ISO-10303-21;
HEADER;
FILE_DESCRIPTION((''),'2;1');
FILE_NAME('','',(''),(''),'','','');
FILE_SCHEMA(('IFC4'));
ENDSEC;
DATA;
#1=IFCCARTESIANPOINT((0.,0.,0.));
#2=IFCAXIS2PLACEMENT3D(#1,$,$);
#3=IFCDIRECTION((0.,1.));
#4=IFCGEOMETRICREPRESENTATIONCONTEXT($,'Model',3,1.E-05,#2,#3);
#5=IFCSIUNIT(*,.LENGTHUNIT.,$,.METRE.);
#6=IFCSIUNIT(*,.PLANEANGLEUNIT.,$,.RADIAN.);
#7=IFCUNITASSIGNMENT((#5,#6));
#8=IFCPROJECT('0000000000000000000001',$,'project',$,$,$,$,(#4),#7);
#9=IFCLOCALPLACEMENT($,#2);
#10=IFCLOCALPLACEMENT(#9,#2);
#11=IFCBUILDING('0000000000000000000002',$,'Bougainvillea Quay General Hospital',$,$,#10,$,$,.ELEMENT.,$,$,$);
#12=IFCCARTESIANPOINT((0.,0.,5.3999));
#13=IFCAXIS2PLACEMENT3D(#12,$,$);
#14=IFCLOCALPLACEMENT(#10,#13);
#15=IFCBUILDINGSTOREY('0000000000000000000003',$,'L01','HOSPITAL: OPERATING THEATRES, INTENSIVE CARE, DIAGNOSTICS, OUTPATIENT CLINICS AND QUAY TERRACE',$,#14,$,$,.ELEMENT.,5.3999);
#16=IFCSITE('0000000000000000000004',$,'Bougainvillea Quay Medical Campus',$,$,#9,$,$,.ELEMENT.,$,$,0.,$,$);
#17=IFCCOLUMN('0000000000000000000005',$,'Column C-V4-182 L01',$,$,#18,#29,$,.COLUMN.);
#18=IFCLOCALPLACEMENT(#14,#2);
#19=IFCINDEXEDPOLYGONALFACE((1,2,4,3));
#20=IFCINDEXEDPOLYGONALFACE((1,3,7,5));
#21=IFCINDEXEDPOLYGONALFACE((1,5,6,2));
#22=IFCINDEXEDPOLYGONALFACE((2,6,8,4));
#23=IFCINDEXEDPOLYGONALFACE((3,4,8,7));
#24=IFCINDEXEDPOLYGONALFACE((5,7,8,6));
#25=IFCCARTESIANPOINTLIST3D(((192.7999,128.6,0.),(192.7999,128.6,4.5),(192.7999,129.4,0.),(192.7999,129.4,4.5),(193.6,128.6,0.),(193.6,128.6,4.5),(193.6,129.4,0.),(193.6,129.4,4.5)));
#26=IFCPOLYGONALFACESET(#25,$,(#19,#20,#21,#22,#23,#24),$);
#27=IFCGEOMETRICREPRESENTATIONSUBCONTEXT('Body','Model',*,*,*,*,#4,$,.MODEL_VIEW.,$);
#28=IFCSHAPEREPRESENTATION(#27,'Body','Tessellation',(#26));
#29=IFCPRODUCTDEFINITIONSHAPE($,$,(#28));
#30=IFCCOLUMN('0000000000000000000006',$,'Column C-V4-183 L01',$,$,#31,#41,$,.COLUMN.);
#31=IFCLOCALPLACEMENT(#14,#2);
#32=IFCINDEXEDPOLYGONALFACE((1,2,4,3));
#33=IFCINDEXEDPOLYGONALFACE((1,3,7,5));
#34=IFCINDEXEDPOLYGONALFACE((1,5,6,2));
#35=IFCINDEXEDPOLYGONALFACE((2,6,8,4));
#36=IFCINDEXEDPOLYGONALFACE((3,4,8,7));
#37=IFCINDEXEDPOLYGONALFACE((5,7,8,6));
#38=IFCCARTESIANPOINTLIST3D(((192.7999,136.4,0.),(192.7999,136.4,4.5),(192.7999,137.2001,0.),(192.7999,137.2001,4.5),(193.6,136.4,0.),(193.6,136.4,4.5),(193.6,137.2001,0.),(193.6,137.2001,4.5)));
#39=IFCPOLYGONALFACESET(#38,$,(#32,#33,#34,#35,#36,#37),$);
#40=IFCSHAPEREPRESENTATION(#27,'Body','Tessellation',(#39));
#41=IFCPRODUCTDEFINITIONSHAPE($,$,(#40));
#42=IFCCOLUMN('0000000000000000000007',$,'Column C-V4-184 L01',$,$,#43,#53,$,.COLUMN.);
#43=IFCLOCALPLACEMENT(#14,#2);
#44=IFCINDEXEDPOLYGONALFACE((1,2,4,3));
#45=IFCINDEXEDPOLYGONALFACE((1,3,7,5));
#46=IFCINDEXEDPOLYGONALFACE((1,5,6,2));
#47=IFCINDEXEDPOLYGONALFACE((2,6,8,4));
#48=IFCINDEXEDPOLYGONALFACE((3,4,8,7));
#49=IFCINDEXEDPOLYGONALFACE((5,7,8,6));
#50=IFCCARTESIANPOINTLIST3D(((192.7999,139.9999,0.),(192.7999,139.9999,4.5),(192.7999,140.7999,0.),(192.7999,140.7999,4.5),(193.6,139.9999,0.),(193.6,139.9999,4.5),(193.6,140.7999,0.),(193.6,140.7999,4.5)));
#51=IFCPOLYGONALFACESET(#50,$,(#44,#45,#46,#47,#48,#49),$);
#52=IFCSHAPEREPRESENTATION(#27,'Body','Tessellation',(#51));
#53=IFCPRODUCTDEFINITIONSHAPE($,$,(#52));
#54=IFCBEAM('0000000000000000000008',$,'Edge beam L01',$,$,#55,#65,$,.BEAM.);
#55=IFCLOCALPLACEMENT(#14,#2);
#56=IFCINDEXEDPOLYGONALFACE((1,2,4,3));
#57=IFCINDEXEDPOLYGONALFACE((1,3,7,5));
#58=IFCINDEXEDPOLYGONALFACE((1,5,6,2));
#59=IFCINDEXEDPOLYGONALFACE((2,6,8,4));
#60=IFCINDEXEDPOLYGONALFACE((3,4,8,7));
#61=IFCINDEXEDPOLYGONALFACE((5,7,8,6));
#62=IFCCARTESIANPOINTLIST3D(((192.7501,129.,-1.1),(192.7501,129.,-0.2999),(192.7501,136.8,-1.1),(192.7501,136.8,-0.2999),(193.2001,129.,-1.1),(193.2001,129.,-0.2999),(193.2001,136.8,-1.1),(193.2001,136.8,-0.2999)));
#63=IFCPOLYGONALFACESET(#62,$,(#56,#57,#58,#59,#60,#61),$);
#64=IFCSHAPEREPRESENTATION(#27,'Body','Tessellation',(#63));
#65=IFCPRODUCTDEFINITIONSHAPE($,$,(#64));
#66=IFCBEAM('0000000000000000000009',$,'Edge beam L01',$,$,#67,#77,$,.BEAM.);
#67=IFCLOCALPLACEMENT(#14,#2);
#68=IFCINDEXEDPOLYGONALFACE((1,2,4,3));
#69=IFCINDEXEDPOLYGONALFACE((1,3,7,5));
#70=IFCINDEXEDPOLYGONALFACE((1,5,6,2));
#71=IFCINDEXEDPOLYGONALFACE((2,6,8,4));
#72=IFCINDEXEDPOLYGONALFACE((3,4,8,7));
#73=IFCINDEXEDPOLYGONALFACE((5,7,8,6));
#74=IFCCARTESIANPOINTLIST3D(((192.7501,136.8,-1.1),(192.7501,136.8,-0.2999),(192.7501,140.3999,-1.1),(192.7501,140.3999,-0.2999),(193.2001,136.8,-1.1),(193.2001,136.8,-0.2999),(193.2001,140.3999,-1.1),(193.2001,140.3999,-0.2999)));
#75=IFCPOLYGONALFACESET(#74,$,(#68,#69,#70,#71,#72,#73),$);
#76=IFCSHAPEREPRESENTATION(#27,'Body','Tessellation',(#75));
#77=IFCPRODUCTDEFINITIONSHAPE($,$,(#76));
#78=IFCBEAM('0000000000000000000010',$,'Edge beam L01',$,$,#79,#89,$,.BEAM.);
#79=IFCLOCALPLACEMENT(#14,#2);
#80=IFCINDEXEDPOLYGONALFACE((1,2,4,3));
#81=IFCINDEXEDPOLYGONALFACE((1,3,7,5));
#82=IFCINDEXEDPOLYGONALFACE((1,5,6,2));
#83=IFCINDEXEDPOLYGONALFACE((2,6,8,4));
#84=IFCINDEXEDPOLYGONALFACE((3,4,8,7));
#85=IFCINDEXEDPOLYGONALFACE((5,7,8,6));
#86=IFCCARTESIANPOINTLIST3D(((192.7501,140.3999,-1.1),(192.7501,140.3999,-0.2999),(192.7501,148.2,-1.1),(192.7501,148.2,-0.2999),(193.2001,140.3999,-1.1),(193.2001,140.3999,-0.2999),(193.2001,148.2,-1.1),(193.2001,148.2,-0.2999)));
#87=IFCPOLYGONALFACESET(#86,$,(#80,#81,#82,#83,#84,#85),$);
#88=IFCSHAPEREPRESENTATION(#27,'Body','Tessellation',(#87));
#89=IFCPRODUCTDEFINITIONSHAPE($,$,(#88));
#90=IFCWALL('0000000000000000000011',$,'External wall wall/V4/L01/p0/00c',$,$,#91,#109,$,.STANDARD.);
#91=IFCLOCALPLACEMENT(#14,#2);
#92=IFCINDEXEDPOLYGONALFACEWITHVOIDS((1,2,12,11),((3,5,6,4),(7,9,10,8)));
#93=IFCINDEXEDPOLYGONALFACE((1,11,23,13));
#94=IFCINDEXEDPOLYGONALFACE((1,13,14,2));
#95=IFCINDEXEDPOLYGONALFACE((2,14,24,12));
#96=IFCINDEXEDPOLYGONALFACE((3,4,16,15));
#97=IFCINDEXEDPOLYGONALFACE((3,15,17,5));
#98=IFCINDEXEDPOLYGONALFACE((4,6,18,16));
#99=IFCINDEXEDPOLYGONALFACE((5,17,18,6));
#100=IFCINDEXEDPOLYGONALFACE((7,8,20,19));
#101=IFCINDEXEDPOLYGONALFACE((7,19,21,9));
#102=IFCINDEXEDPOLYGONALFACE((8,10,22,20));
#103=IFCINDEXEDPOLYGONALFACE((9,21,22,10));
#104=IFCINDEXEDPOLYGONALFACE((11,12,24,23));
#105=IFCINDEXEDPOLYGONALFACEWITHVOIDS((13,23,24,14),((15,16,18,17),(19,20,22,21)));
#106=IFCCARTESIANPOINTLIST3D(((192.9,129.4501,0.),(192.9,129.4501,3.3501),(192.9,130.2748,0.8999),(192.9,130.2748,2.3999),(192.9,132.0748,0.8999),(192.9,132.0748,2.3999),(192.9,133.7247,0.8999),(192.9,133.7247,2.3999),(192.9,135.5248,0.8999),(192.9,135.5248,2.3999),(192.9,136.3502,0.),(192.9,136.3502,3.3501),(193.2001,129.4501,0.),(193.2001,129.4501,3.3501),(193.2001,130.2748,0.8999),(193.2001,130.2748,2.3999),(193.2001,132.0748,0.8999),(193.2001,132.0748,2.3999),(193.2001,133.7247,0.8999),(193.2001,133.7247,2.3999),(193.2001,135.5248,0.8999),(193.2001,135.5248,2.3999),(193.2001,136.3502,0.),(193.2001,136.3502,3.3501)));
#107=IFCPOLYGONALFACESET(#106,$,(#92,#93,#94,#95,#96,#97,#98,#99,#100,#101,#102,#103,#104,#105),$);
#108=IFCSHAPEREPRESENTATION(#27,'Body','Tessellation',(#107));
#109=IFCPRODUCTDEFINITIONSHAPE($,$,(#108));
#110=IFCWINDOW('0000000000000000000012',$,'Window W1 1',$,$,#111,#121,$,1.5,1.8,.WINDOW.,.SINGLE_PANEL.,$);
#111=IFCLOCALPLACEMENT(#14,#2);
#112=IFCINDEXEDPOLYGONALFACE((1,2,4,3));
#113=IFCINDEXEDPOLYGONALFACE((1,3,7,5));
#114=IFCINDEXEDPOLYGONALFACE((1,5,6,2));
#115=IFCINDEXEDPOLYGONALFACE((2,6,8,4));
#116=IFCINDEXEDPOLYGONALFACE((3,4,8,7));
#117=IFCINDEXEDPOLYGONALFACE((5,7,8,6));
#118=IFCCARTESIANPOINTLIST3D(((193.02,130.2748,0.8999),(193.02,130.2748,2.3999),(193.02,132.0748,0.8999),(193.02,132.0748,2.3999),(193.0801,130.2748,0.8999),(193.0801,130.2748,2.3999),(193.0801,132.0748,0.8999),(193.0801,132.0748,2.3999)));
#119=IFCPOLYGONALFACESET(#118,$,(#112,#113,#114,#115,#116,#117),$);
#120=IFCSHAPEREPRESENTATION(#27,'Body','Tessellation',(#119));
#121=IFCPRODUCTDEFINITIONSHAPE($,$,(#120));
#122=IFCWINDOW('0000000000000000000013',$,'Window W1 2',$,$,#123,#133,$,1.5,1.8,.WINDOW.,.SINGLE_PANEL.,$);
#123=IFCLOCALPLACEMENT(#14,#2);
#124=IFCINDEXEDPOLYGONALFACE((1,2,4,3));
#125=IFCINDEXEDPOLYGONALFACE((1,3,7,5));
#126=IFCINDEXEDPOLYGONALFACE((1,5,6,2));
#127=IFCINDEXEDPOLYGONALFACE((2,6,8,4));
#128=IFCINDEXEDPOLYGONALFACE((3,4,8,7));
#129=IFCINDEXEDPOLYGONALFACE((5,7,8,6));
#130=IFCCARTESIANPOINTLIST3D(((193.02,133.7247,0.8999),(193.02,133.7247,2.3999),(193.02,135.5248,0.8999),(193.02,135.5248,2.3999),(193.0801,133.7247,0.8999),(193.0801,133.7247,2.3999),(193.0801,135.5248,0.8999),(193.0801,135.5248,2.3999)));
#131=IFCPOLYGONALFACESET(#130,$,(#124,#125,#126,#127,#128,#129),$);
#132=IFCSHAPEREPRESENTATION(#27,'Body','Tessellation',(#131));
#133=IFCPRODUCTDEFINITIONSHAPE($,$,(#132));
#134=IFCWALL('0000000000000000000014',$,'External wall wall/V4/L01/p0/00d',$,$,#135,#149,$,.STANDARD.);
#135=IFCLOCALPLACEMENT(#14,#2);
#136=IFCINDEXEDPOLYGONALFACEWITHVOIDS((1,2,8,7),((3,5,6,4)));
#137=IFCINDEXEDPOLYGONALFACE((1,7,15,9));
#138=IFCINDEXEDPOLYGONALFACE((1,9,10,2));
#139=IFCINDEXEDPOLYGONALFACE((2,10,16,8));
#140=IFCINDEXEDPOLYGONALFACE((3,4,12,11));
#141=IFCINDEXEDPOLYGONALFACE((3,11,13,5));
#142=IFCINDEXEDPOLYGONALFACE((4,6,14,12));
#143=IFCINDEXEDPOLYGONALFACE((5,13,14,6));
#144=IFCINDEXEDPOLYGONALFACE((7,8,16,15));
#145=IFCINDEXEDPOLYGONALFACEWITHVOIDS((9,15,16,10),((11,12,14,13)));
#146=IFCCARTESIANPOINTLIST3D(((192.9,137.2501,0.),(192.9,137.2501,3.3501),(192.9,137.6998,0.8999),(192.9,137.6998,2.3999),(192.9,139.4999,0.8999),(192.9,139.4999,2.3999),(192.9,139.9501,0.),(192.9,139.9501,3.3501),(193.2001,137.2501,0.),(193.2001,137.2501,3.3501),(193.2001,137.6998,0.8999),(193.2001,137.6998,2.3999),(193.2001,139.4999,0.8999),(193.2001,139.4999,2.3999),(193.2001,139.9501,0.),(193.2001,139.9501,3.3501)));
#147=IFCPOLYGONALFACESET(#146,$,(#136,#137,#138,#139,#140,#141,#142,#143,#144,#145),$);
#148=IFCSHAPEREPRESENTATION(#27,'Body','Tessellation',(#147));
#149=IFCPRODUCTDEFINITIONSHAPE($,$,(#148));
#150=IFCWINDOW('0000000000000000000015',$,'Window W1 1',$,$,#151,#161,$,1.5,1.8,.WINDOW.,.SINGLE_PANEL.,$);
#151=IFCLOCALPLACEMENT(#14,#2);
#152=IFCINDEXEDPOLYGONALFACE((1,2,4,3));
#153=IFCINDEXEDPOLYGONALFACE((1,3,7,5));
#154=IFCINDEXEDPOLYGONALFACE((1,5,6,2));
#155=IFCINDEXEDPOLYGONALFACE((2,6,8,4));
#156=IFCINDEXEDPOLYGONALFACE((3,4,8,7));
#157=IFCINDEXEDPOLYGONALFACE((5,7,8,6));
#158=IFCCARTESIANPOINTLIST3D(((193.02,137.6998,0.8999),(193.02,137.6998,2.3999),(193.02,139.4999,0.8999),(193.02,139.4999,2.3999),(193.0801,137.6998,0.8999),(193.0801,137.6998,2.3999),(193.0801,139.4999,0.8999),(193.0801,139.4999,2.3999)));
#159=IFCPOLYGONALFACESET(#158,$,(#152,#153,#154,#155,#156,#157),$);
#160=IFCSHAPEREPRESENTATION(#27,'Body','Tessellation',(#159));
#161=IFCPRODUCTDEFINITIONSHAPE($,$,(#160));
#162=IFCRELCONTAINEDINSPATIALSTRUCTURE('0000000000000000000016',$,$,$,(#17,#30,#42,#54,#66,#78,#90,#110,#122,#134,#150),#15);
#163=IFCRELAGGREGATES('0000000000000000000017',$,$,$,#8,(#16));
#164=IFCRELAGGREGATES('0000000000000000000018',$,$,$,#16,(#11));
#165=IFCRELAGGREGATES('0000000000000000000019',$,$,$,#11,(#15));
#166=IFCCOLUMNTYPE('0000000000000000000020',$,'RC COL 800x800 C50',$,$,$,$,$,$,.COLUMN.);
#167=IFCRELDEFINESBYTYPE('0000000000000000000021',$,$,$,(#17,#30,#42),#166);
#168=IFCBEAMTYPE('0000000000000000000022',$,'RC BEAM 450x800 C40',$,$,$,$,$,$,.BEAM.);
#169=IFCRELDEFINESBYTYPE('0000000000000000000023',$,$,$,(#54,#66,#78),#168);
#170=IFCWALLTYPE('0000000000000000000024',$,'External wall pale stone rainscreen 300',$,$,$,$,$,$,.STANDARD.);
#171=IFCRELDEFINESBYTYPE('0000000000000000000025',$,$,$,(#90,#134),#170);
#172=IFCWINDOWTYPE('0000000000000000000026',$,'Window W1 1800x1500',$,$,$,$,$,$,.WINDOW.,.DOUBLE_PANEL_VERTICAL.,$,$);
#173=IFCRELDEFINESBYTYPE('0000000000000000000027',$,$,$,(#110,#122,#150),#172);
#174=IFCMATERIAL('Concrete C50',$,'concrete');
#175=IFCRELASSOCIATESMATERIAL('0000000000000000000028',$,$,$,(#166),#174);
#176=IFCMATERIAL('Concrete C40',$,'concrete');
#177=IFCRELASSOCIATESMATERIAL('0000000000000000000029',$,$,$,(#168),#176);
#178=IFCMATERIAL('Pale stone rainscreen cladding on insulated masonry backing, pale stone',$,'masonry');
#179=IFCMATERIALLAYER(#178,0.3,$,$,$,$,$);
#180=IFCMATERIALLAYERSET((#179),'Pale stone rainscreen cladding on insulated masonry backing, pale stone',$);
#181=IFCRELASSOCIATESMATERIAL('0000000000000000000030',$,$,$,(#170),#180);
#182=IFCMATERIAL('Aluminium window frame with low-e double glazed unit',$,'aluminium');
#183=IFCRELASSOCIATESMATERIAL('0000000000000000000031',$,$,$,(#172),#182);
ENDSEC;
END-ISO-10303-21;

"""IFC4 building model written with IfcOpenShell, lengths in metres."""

from ifc_helpers import new_model, si_unit, direction, frame, frame_2d, origin, origin_2d, place, context, subcontext, project, spatial, rectangle, extrude, material, layer, layer_set, material_profile, profile_set, type_object, element, fill, save


model = new_model("IFC4")

# Units and contexts
model_context = context("Model", 3, precision=1e-05, world=origin(), true_north=direction((0.0, 1.0)))
body_context = subcontext(model_context, "Body", "Model", "MODEL_VIEW")
ifc_project = project(units=[si_unit("LENGTHUNIT", "METRE"), si_unit("PLANEANGLEUNIT", "RADIAN")], contexts=[model_context])

# Site, building, storey
site_placement = place(None, origin())
site = spatial("IfcSite", under=ifc_project, at=site_placement, Name="Bougainvillea Quay Medical Campus", CompositionType="ELEMENT", RefElevation=0.0)
building_placement = place(site_placement, origin())
building = spatial("IfcBuilding", under=site, at=building_placement, Name="Bougainvillea Quay General Hospital", CompositionType="ELEMENT")
storey_placement = place(building_placement, frame((0.0, 0.0, 5.3999)))
storey = spatial("IfcBuildingStorey", under=building, at=storey_placement, Name="L01", Description="HOSPITAL: OPERATING THEATRES, INTENSIVE CARE, DIAGNOSTICS, OUTPATIENT CLINICS AND QUAY TERRACE", CompositionType="ELEMENT", Elevation=5.3999)

# Columns
ifc_material_1 = material(Name="Concrete C50", Category="concrete")
ifc_material_profile_1 = material_profile(ifc_material_1, rectangle(XDim=0.8, YDim=0.8, at=origin_2d()))
ifc_profile_set_1 = profile_set([ifc_material_profile_1], Name="Concrete C50")
column_type = type_object("IfcColumnType", Name="RC COL 800x800 C50", PredefinedType="COLUMN", material=ifc_profile_set_1)
for number, where, z_axis, x_axis, name in (
    (1, (193.2, 129.0, 0.0), (0.0, 0.0, 1.0), (1.0, 0.0, 0.0), "Column C-V4-182 L01"),
    (2, (193.2, 136.8, 0.0), (0.0, 0.0, 1.0), (1.0, 0.0, 0.0), "Column C-V4-183 L01"),
    (3, (193.2, 140.3999, 0.0), (0.0, 0.0, 1.0), (1.0, 0.0, 0.0), "Column C-V4-184 L01"),
):
    element("IfcColumn", number, at=place(storey_placement, frame(where, z_axis=z_axis, x_axis=x_axis)), inside=storey, type_object=column_type, Name=name, PredefinedType="COLUMN", context=body_context, shape_type="SweptSolid", body=[
        extrude(rectangle(XDim=0.8, YDim=0.8, at=origin_2d()), origin(), (0.0, 0.0, 1.0), 4.5),
    ])

# Beams
ifc_material_2 = material(Name="Concrete C40", Category="concrete")
ifc_material_profile_2 = material_profile(ifc_material_2, rectangle(XDim=0.45, YDim=0.8, at=origin_2d()))
ifc_profile_set_2 = profile_set([ifc_material_profile_2], Name="Concrete C40")
beam_type = type_object("IfcBeamType", Name="RC BEAM 450x800 C40", PredefinedType="BEAM", material=ifc_profile_set_2)
beam_1_placement = place(storey_placement, frame((192.9751, 129.0, -0.7), z_axis=(0.0, 1.0, 0.0), x_axis=(-1.0, 0.0, 0.0)))
element("IfcBeam", 4, at=beam_1_placement, inside=storey, type_object=beam_type, Name="Edge beam L01", PredefinedType="BEAM", context=body_context, shape_type="SweptSolid", body=[
    extrude(rectangle(XDim=0.45, YDim=0.8, at=origin_2d()), origin(), (0.0, 0.0, 1.0), 7.8),
])
beam_2_placement = place(storey_placement, frame((192.9751, 136.8, -0.7), z_axis=(0.0, 1.0, 0.0), x_axis=(-1.0, 0.0, 0.0)))
element("IfcBeam", 5, at=beam_2_placement, inside=storey, type_object=beam_type, Name="Edge beam L01", PredefinedType="BEAM", context=body_context, shape_type="SweptSolid", body=[
    extrude(rectangle(XDim=0.45, YDim=0.8, at=origin_2d()), origin(), (0.0, 0.0, 1.0), 3.5999),
])
beam_3_placement = place(storey_placement, frame((192.9751, 140.3999, -0.7), z_axis=(0.0, 1.0, 0.0), x_axis=(-1.0, 0.0, 0.0)))
element("IfcBeam", 6, at=beam_3_placement, inside=storey, type_object=beam_type, Name="Edge beam L01", PredefinedType="BEAM", context=body_context, shape_type="SweptSolid", body=[
    extrude(rectangle(XDim=0.45, YDim=0.8, at=origin_2d()), origin(), (0.0, 0.0, 1.0), 7.8),
])

# Wall, openings, windows
ifc_material_3 = material(Name="Pale stone rainscreen cladding on insulated masonry backing, pale stone", Category="masonry")
ifc_layer_1 = layer(ifc_material_3, 0.3)
ifc_layer_set_1 = layer_set([ifc_layer_1], Name="Pale stone rainscreen cladding on insulated masonry backing, pale stone")
wall_type_1 = type_object("IfcWallType", Name="External wall pale stone rainscreen 300", PredefinedType="STANDARD", material=ifc_layer_set_1)
wall_1_placement = place(storey_placement, frame((193.05, 129.45, 0.0), z_axis=(0.0, 0.0, 1.0), x_axis=(0.0, 1.0, 0.0)))
wall_1 = element("IfcWall", 7, at=wall_1_placement, inside=storey, type_object=wall_type_1, Name="External wall wall/V4/L01/p0/00c", PredefinedType="STANDARD", context=body_context, shape_type="SweptSolid", body=[
    extrude(rectangle(XDim=6.9001, YDim=0.3, at=frame_2d((3.4502, 0.0))), origin(), (0.0, 0.0, 1.0), 3.3501),
])
opening_1_placement = place(wall_1_placement, frame((0.825, 0.0, 0.8999)))
opening_1 = element("IfcOpeningElement", 8, at=opening_1_placement, cuts=wall_1, PredefinedType="OPENING", context=body_context, shape_type="SweptSolid", body=[
    extrude(rectangle(XDim=1.8, YDim=1.5, at=frame_2d((0.8999, 0.75))), frame((0.0, 0.1599, 0.0), z_axis=(0.0, -1.0, 0.0), x_axis=(1.0, 0.0, 0.0)), (0.0, 0.0, 1.0), 0.3201),
])
opening_2_placement = place(wall_1_placement, frame((4.2749, 0.0, 0.8999)))
opening_2 = element("IfcOpeningElement", 9, at=opening_2_placement, cuts=wall_1, PredefinedType="OPENING", context=body_context, shape_type="SweptSolid", body=[
    extrude(rectangle(XDim=1.8, YDim=1.5, at=frame_2d((0.8999, 0.75))), frame((0.0, 0.1599, 0.0), z_axis=(0.0, -1.0, 0.0), x_axis=(1.0, 0.0, 0.0)), (0.0, 0.0, 1.0), 0.3201),
])
ifc_material_4 = material(Name="Aluminium window frame with low-e double glazed unit", Category="aluminium")
window_type = type_object("IfcWindowType", Name="Window W1 1800x1500", PartitioningType="DOUBLE_PANEL_VERTICAL", PredefinedType="WINDOW", material=ifc_material_4)
window_1_placement = place(opening_1_placement, origin())
window_1 = element("IfcWindow", 10, at=window_1_placement, inside=storey, type_object=window_type, Name="Window W1 1", OverallHeight=1.5, OverallWidth=1.8, PartitioningType="SINGLE_PANEL", PredefinedType="WINDOW", context=body_context, shape_type="SweptSolid", body=[
    extrude(rectangle(XDim=1.8, YDim=1.5, at=frame_2d((0.8999, 0.75))), frame((0.0, 0.03, 0.0), z_axis=(0.0, -1.0, 0.0), x_axis=(1.0, 0.0, 0.0)), (0.0, 0.0, 1.0), 0.0601),
])
fill(opening_1, window_1)
window_2_placement = place(opening_2_placement, origin())
window_2 = element("IfcWindow", 11, at=window_2_placement, inside=storey, type_object=window_type, Name="Window W1 2", OverallHeight=1.5, OverallWidth=1.8, PartitioningType="SINGLE_PANEL", PredefinedType="WINDOW", context=body_context, shape_type="SweptSolid", body=[
    extrude(rectangle(XDim=1.8, YDim=1.5, at=frame_2d((0.8999, 0.75))), frame((0.0, 0.03, 0.0), z_axis=(0.0, -1.0, 0.0), x_axis=(1.0, 0.0, 0.0)), (0.0, 0.0, 1.0), 0.0601),
])
fill(opening_2, window_2)

# Wall, opening, window
wall_2_placement = place(storey_placement, frame((193.05, 137.25, 0.0), z_axis=(0.0, 0.0, 1.0), x_axis=(0.0, 1.0, 0.0)))
wall_2 = element("IfcWall", 12, at=wall_2_placement, inside=storey, type_object=wall_type_1, Name="External wall wall/V4/L01/p0/00d", PredefinedType="STANDARD", context=body_context, shape_type="SweptSolid", body=[
    extrude(rectangle(XDim=2.7, YDim=0.3, at=frame_2d((1.3501, 0.0))), origin(), (0.0, 0.0, 1.0), 3.3501),
])
opening_3_placement = place(wall_2_placement, frame((0.45, 0.0, 0.8999)))
opening_3 = element("IfcOpeningElement", 13, at=opening_3_placement, cuts=wall_2, PredefinedType="OPENING", context=body_context, shape_type="SweptSolid", body=[
    extrude(rectangle(XDim=1.8, YDim=1.5, at=frame_2d((0.8999, 0.75))), frame((0.0, 0.1599, 0.0), z_axis=(0.0, -1.0, 0.0), x_axis=(1.0, 0.0, 0.0)), (0.0, 0.0, 1.0), 0.3201),
])
window_3_placement = place(opening_3_placement, origin())
window_3 = element("IfcWindow", 14, at=window_3_placement, inside=storey, type_object=window_type, Name="Window W1 1", OverallHeight=1.5, OverallWidth=1.8, PartitioningType="SINGLE_PANEL", PredefinedType="WINDOW", context=body_context, shape_type="SweptSolid", body=[
    extrude(rectangle(XDim=1.8, YDim=1.5, at=frame_2d((0.8999, 0.75))), frame((0.0, 0.03, 0.0), z_axis=(0.0, -1.0, 0.0), x_axis=(1.0, 0.0, 0.0)), (0.0, 0.0, 1.0), 0.0601),
])
fill(opening_3, window_3)

save(model, "model.ifc")
